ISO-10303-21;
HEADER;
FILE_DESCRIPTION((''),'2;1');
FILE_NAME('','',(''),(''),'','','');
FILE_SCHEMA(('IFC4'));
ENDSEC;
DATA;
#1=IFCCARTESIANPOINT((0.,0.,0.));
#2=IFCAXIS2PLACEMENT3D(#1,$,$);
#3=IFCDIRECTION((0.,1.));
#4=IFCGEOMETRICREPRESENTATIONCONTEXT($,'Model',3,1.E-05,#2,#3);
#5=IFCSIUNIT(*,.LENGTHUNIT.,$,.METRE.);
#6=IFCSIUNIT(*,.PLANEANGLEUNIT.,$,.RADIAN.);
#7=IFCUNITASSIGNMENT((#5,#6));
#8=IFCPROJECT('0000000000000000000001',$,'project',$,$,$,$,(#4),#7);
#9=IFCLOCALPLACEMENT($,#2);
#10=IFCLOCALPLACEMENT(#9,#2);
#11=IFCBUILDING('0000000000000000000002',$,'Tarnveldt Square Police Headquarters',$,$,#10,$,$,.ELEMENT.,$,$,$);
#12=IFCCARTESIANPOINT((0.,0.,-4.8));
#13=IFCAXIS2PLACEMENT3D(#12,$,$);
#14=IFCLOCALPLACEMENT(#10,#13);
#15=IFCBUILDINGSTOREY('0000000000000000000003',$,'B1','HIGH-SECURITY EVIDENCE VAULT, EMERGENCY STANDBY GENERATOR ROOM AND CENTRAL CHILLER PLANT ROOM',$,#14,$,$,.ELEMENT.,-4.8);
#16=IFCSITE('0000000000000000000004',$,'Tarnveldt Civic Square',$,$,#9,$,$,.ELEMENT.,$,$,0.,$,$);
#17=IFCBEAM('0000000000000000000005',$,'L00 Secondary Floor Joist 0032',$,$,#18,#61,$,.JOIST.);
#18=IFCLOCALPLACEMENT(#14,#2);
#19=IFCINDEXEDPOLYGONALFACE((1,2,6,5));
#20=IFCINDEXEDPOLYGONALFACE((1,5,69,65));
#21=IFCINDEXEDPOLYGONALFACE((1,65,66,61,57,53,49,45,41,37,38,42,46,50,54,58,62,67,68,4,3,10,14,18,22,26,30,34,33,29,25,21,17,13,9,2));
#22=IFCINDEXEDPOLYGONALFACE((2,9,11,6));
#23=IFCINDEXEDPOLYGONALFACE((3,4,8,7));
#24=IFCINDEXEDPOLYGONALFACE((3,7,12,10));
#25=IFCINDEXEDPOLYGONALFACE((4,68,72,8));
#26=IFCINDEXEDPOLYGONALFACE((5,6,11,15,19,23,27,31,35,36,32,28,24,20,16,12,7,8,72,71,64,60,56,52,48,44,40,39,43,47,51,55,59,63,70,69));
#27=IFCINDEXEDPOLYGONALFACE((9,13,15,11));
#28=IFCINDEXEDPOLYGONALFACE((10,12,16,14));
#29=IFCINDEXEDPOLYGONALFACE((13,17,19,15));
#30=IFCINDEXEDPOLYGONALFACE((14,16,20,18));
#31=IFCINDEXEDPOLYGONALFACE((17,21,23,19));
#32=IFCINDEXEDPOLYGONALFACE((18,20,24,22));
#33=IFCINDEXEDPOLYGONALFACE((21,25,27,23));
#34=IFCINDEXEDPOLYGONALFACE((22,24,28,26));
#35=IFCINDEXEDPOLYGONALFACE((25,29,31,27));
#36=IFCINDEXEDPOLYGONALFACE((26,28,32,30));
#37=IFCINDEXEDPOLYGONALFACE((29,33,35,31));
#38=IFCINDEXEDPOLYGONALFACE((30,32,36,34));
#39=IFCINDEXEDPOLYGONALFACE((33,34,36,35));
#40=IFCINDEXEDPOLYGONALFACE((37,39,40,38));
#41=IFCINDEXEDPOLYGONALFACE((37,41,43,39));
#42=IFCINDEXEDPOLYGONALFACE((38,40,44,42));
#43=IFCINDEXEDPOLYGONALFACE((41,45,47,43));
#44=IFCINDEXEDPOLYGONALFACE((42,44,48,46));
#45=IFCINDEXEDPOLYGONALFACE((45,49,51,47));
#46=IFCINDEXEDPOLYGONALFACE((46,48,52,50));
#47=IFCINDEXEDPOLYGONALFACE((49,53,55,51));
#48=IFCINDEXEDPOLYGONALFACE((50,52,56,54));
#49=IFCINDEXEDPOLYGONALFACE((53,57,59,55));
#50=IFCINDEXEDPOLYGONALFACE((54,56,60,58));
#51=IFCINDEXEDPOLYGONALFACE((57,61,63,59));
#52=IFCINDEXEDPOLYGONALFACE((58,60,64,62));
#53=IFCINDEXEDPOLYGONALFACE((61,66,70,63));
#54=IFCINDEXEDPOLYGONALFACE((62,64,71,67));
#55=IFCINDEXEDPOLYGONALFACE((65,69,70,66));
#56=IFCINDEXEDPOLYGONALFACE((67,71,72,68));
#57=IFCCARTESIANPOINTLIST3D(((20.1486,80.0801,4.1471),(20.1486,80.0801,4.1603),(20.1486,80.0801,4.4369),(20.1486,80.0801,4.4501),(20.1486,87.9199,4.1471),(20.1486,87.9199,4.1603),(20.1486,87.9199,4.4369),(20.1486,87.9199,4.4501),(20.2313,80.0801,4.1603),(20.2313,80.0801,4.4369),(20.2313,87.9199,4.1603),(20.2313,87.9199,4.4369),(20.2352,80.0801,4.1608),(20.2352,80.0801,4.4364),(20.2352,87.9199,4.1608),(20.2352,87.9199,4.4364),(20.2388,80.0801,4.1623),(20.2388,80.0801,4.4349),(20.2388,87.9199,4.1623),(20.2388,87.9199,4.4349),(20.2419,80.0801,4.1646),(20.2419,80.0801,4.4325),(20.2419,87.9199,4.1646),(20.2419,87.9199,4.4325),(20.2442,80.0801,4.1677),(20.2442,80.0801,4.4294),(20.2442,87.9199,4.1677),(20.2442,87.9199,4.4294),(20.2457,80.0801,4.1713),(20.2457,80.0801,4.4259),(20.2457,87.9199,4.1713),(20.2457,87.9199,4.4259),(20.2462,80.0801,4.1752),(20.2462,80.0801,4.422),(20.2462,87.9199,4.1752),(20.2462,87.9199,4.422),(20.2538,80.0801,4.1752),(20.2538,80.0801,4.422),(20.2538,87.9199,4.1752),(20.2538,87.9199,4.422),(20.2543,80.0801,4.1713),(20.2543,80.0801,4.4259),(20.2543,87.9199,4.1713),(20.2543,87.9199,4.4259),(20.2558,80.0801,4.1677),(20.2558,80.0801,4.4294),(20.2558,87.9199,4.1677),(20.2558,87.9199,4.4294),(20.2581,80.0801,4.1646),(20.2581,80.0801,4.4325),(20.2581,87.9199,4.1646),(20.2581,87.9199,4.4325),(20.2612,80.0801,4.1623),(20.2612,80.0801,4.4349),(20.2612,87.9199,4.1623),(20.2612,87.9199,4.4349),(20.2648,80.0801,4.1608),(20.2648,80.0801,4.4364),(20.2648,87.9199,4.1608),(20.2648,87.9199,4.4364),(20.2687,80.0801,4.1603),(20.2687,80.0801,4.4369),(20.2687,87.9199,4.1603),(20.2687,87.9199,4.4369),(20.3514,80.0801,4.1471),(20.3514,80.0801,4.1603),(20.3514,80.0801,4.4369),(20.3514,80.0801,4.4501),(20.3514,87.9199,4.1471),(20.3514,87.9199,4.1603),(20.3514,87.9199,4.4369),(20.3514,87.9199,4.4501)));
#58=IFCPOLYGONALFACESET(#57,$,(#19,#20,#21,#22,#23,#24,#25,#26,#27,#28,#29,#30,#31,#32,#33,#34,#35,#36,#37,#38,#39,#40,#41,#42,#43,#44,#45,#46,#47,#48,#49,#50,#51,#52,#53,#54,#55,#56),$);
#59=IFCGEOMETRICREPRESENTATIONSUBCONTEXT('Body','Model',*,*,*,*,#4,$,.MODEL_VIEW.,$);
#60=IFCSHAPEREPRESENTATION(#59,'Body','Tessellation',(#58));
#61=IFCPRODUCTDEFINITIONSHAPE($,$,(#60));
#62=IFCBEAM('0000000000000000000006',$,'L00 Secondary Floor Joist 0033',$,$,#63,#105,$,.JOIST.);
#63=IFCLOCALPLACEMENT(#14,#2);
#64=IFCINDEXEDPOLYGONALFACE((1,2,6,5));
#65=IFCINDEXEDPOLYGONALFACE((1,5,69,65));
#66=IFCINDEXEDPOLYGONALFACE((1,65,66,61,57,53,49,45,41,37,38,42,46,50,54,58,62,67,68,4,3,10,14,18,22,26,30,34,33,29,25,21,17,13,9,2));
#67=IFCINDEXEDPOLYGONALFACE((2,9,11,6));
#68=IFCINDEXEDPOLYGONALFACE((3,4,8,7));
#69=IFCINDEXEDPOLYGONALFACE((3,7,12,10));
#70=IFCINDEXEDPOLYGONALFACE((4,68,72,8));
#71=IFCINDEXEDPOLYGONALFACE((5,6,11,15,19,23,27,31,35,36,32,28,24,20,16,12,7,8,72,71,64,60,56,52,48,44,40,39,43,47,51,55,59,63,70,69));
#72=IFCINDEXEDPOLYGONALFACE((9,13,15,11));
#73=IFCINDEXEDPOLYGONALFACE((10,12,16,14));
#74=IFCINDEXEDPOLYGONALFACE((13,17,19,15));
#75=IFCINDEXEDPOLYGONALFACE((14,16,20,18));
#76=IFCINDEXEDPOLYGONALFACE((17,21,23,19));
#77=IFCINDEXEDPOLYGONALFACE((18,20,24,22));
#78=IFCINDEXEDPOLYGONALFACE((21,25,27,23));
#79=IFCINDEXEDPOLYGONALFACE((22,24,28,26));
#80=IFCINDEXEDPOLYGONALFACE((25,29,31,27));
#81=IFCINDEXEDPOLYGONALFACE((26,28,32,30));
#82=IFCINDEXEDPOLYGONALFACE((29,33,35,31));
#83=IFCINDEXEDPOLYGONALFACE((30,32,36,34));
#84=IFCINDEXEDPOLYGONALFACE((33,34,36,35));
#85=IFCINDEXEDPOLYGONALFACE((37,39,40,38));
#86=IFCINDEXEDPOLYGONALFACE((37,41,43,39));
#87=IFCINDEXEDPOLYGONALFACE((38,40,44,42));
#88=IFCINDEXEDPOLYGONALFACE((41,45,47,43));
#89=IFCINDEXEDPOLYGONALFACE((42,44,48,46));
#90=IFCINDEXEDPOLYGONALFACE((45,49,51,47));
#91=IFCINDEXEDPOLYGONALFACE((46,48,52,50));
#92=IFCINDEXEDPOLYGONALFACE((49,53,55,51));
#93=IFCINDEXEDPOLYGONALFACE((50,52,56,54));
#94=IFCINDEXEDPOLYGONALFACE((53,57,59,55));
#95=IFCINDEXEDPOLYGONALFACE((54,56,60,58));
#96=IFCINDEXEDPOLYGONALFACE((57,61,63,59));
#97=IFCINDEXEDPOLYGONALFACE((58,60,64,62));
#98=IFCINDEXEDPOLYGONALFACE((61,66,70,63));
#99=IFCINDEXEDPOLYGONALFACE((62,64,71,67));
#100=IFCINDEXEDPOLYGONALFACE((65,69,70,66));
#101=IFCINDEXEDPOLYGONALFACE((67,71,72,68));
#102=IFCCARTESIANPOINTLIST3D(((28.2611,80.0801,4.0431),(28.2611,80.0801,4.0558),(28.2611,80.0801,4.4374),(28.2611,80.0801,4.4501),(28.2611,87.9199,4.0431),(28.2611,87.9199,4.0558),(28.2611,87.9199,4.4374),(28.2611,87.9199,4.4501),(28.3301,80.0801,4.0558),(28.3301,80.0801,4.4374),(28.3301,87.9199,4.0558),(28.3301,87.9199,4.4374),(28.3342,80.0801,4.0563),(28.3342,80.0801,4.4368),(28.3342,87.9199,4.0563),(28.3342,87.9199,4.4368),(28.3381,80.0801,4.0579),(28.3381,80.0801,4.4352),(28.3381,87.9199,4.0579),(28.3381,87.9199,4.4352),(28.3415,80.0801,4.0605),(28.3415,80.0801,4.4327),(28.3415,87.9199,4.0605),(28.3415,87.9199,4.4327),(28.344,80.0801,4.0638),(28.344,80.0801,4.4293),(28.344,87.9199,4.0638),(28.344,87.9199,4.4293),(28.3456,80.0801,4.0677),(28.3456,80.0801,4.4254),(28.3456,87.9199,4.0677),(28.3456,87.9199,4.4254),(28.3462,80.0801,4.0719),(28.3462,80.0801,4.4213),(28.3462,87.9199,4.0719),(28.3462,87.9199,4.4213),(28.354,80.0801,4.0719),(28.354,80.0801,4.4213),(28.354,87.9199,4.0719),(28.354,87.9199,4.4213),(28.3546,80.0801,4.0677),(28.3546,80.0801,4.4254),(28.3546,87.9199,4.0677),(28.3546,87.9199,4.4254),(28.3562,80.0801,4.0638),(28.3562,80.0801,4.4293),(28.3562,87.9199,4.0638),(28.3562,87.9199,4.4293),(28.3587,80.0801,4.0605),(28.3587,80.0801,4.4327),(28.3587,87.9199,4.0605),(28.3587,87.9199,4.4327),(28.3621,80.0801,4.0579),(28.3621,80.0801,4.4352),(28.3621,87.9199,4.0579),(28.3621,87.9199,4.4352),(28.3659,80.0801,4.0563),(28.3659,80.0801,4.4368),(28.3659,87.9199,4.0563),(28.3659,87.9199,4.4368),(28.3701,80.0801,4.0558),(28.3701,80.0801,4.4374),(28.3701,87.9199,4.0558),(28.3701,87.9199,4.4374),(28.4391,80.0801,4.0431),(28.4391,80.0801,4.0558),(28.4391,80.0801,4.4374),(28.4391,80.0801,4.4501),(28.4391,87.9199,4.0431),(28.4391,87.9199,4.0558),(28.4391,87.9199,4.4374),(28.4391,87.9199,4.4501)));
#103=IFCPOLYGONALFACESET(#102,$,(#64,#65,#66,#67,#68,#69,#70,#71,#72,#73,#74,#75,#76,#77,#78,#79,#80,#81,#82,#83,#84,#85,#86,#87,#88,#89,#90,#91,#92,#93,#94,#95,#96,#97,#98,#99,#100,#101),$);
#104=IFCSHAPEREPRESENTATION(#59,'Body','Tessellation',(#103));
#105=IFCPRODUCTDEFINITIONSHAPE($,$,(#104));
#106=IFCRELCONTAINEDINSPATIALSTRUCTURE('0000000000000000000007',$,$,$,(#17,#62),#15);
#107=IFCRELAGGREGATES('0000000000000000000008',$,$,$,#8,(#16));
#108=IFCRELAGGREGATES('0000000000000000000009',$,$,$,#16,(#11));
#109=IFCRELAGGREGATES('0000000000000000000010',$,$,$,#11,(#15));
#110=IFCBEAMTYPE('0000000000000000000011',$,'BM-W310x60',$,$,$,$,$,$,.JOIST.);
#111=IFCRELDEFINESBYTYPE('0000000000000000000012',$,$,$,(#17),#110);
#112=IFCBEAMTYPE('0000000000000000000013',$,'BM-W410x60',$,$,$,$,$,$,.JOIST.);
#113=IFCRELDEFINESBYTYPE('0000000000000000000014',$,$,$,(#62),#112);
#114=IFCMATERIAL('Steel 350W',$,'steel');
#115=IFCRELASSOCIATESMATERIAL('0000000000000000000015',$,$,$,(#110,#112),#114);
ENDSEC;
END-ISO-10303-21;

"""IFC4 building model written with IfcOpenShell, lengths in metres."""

from ifc_helpers import new_model, si_unit, direction, frame, origin, origin_2d, place, context, subcontext, project, spatial, i_section, extrude, material, material_profile, profile_set, type_object, element, save


model = new_model("IFC4")

# Units and contexts
model_context = context("Model", 3, precision=1e-05, world=origin(), true_north=direction((0.0, 1.0)))
body_context = subcontext(model_context, "Body", "Model", "MODEL_VIEW")
ifc_project = project(units=[si_unit("LENGTHUNIT", "METRE"), si_unit("PLANEANGLEUNIT", "RADIAN")], contexts=[model_context])

# Site, building, storey
site_placement = place(None, origin())
site = spatial("IfcSite", under=ifc_project, at=site_placement, Name="Tarnveldt Civic Square", CompositionType="ELEMENT", RefElevation=0.0)
building_placement = place(site_placement, origin())
building = spatial("IfcBuilding", under=site, at=building_placement, Name="Tarnveldt Square Police Headquarters", CompositionType="ELEMENT")
storey_placement = place(building_placement, frame((0.0, 0.0, -4.8)))
storey = spatial("IfcBuildingStorey", under=building, at=storey_placement, Name="B1", Description="HIGH-SECURITY EVIDENCE VAULT, EMERGENCY STANDBY GENERATOR ROOM AND CENTRAL CHILLER PLANT ROOM", CompositionType="ELEMENT", Elevation=-4.8)

# Beams
ifc_material_1 = material(Name="Steel 350W", Category="steel")
ifc_material_profile_1 = material_profile(ifc_material_1, i_section(OverallWidth=0.2029, OverallDepth=0.303, WebThickness=0.0076, FlangeThickness=0.0132, FilletRadius=0.0149, at=origin_2d()), Name="W310x60")
ifc_profile_set_1 = profile_set([ifc_material_profile_1], Name="Steel 350W")
beam_type_1 = type_object("IfcBeamType", Name="BM-W310x60", PredefinedType="JOIST", material=ifc_profile_set_1)
beam_1_placement = place(storey_placement, frame((20.25, 80.0801, 4.2986), z_axis=(0.0, 1.0, 0.0), x_axis=(-1.0, 0.0, 0.0)))
element("IfcBeam", 1, at=beam_1_placement, inside=storey, type_object=beam_type_1, Name="L00 Secondary Floor Joist 0032", PredefinedType="JOIST", context=body_context, shape_type="SweptSolid", body=[
    extrude(i_section(OverallWidth=0.2029, OverallDepth=0.303, WebThickness=0.0076, FlangeThickness=0.0132, FilletRadius=0.0149, at=origin_2d()), origin(), (0.0, 0.0, 1.0), 7.8398),
])
ifc_material_profile_2 = material_profile(ifc_material_1, i_section(OverallWidth=0.178, OverallDepth=0.407, WebThickness=0.0078, FlangeThickness=0.0127, FilletRadius=0.0161, at=origin_2d()), Name="W410x60")
ifc_profile_set_2 = profile_set([ifc_material_profile_2], Name="Steel 350W")
beam_type_2 = type_object("IfcBeamType", Name="BM-W410x60", PredefinedType="JOIST", material=ifc_profile_set_2)
beam_2_placement = place(storey_placement, frame((28.3501, 80.0801, 4.2466), z_axis=(0.0, 1.0, 0.0), x_axis=(-1.0, 0.0, 0.0)))
element("IfcBeam", 2, at=beam_2_placement, inside=storey, type_object=beam_type_2, Name="L00 Secondary Floor Joist 0033", PredefinedType="JOIST", context=body_context, shape_type="SweptSolid", body=[
    extrude(i_section(OverallWidth=0.178, OverallDepth=0.407, WebThickness=0.0078, FlangeThickness=0.0127, FilletRadius=0.0161, at=origin_2d()), origin(), (0.0, 0.0, 1.0), 7.8398),
])

save(model, "model.ifc")
